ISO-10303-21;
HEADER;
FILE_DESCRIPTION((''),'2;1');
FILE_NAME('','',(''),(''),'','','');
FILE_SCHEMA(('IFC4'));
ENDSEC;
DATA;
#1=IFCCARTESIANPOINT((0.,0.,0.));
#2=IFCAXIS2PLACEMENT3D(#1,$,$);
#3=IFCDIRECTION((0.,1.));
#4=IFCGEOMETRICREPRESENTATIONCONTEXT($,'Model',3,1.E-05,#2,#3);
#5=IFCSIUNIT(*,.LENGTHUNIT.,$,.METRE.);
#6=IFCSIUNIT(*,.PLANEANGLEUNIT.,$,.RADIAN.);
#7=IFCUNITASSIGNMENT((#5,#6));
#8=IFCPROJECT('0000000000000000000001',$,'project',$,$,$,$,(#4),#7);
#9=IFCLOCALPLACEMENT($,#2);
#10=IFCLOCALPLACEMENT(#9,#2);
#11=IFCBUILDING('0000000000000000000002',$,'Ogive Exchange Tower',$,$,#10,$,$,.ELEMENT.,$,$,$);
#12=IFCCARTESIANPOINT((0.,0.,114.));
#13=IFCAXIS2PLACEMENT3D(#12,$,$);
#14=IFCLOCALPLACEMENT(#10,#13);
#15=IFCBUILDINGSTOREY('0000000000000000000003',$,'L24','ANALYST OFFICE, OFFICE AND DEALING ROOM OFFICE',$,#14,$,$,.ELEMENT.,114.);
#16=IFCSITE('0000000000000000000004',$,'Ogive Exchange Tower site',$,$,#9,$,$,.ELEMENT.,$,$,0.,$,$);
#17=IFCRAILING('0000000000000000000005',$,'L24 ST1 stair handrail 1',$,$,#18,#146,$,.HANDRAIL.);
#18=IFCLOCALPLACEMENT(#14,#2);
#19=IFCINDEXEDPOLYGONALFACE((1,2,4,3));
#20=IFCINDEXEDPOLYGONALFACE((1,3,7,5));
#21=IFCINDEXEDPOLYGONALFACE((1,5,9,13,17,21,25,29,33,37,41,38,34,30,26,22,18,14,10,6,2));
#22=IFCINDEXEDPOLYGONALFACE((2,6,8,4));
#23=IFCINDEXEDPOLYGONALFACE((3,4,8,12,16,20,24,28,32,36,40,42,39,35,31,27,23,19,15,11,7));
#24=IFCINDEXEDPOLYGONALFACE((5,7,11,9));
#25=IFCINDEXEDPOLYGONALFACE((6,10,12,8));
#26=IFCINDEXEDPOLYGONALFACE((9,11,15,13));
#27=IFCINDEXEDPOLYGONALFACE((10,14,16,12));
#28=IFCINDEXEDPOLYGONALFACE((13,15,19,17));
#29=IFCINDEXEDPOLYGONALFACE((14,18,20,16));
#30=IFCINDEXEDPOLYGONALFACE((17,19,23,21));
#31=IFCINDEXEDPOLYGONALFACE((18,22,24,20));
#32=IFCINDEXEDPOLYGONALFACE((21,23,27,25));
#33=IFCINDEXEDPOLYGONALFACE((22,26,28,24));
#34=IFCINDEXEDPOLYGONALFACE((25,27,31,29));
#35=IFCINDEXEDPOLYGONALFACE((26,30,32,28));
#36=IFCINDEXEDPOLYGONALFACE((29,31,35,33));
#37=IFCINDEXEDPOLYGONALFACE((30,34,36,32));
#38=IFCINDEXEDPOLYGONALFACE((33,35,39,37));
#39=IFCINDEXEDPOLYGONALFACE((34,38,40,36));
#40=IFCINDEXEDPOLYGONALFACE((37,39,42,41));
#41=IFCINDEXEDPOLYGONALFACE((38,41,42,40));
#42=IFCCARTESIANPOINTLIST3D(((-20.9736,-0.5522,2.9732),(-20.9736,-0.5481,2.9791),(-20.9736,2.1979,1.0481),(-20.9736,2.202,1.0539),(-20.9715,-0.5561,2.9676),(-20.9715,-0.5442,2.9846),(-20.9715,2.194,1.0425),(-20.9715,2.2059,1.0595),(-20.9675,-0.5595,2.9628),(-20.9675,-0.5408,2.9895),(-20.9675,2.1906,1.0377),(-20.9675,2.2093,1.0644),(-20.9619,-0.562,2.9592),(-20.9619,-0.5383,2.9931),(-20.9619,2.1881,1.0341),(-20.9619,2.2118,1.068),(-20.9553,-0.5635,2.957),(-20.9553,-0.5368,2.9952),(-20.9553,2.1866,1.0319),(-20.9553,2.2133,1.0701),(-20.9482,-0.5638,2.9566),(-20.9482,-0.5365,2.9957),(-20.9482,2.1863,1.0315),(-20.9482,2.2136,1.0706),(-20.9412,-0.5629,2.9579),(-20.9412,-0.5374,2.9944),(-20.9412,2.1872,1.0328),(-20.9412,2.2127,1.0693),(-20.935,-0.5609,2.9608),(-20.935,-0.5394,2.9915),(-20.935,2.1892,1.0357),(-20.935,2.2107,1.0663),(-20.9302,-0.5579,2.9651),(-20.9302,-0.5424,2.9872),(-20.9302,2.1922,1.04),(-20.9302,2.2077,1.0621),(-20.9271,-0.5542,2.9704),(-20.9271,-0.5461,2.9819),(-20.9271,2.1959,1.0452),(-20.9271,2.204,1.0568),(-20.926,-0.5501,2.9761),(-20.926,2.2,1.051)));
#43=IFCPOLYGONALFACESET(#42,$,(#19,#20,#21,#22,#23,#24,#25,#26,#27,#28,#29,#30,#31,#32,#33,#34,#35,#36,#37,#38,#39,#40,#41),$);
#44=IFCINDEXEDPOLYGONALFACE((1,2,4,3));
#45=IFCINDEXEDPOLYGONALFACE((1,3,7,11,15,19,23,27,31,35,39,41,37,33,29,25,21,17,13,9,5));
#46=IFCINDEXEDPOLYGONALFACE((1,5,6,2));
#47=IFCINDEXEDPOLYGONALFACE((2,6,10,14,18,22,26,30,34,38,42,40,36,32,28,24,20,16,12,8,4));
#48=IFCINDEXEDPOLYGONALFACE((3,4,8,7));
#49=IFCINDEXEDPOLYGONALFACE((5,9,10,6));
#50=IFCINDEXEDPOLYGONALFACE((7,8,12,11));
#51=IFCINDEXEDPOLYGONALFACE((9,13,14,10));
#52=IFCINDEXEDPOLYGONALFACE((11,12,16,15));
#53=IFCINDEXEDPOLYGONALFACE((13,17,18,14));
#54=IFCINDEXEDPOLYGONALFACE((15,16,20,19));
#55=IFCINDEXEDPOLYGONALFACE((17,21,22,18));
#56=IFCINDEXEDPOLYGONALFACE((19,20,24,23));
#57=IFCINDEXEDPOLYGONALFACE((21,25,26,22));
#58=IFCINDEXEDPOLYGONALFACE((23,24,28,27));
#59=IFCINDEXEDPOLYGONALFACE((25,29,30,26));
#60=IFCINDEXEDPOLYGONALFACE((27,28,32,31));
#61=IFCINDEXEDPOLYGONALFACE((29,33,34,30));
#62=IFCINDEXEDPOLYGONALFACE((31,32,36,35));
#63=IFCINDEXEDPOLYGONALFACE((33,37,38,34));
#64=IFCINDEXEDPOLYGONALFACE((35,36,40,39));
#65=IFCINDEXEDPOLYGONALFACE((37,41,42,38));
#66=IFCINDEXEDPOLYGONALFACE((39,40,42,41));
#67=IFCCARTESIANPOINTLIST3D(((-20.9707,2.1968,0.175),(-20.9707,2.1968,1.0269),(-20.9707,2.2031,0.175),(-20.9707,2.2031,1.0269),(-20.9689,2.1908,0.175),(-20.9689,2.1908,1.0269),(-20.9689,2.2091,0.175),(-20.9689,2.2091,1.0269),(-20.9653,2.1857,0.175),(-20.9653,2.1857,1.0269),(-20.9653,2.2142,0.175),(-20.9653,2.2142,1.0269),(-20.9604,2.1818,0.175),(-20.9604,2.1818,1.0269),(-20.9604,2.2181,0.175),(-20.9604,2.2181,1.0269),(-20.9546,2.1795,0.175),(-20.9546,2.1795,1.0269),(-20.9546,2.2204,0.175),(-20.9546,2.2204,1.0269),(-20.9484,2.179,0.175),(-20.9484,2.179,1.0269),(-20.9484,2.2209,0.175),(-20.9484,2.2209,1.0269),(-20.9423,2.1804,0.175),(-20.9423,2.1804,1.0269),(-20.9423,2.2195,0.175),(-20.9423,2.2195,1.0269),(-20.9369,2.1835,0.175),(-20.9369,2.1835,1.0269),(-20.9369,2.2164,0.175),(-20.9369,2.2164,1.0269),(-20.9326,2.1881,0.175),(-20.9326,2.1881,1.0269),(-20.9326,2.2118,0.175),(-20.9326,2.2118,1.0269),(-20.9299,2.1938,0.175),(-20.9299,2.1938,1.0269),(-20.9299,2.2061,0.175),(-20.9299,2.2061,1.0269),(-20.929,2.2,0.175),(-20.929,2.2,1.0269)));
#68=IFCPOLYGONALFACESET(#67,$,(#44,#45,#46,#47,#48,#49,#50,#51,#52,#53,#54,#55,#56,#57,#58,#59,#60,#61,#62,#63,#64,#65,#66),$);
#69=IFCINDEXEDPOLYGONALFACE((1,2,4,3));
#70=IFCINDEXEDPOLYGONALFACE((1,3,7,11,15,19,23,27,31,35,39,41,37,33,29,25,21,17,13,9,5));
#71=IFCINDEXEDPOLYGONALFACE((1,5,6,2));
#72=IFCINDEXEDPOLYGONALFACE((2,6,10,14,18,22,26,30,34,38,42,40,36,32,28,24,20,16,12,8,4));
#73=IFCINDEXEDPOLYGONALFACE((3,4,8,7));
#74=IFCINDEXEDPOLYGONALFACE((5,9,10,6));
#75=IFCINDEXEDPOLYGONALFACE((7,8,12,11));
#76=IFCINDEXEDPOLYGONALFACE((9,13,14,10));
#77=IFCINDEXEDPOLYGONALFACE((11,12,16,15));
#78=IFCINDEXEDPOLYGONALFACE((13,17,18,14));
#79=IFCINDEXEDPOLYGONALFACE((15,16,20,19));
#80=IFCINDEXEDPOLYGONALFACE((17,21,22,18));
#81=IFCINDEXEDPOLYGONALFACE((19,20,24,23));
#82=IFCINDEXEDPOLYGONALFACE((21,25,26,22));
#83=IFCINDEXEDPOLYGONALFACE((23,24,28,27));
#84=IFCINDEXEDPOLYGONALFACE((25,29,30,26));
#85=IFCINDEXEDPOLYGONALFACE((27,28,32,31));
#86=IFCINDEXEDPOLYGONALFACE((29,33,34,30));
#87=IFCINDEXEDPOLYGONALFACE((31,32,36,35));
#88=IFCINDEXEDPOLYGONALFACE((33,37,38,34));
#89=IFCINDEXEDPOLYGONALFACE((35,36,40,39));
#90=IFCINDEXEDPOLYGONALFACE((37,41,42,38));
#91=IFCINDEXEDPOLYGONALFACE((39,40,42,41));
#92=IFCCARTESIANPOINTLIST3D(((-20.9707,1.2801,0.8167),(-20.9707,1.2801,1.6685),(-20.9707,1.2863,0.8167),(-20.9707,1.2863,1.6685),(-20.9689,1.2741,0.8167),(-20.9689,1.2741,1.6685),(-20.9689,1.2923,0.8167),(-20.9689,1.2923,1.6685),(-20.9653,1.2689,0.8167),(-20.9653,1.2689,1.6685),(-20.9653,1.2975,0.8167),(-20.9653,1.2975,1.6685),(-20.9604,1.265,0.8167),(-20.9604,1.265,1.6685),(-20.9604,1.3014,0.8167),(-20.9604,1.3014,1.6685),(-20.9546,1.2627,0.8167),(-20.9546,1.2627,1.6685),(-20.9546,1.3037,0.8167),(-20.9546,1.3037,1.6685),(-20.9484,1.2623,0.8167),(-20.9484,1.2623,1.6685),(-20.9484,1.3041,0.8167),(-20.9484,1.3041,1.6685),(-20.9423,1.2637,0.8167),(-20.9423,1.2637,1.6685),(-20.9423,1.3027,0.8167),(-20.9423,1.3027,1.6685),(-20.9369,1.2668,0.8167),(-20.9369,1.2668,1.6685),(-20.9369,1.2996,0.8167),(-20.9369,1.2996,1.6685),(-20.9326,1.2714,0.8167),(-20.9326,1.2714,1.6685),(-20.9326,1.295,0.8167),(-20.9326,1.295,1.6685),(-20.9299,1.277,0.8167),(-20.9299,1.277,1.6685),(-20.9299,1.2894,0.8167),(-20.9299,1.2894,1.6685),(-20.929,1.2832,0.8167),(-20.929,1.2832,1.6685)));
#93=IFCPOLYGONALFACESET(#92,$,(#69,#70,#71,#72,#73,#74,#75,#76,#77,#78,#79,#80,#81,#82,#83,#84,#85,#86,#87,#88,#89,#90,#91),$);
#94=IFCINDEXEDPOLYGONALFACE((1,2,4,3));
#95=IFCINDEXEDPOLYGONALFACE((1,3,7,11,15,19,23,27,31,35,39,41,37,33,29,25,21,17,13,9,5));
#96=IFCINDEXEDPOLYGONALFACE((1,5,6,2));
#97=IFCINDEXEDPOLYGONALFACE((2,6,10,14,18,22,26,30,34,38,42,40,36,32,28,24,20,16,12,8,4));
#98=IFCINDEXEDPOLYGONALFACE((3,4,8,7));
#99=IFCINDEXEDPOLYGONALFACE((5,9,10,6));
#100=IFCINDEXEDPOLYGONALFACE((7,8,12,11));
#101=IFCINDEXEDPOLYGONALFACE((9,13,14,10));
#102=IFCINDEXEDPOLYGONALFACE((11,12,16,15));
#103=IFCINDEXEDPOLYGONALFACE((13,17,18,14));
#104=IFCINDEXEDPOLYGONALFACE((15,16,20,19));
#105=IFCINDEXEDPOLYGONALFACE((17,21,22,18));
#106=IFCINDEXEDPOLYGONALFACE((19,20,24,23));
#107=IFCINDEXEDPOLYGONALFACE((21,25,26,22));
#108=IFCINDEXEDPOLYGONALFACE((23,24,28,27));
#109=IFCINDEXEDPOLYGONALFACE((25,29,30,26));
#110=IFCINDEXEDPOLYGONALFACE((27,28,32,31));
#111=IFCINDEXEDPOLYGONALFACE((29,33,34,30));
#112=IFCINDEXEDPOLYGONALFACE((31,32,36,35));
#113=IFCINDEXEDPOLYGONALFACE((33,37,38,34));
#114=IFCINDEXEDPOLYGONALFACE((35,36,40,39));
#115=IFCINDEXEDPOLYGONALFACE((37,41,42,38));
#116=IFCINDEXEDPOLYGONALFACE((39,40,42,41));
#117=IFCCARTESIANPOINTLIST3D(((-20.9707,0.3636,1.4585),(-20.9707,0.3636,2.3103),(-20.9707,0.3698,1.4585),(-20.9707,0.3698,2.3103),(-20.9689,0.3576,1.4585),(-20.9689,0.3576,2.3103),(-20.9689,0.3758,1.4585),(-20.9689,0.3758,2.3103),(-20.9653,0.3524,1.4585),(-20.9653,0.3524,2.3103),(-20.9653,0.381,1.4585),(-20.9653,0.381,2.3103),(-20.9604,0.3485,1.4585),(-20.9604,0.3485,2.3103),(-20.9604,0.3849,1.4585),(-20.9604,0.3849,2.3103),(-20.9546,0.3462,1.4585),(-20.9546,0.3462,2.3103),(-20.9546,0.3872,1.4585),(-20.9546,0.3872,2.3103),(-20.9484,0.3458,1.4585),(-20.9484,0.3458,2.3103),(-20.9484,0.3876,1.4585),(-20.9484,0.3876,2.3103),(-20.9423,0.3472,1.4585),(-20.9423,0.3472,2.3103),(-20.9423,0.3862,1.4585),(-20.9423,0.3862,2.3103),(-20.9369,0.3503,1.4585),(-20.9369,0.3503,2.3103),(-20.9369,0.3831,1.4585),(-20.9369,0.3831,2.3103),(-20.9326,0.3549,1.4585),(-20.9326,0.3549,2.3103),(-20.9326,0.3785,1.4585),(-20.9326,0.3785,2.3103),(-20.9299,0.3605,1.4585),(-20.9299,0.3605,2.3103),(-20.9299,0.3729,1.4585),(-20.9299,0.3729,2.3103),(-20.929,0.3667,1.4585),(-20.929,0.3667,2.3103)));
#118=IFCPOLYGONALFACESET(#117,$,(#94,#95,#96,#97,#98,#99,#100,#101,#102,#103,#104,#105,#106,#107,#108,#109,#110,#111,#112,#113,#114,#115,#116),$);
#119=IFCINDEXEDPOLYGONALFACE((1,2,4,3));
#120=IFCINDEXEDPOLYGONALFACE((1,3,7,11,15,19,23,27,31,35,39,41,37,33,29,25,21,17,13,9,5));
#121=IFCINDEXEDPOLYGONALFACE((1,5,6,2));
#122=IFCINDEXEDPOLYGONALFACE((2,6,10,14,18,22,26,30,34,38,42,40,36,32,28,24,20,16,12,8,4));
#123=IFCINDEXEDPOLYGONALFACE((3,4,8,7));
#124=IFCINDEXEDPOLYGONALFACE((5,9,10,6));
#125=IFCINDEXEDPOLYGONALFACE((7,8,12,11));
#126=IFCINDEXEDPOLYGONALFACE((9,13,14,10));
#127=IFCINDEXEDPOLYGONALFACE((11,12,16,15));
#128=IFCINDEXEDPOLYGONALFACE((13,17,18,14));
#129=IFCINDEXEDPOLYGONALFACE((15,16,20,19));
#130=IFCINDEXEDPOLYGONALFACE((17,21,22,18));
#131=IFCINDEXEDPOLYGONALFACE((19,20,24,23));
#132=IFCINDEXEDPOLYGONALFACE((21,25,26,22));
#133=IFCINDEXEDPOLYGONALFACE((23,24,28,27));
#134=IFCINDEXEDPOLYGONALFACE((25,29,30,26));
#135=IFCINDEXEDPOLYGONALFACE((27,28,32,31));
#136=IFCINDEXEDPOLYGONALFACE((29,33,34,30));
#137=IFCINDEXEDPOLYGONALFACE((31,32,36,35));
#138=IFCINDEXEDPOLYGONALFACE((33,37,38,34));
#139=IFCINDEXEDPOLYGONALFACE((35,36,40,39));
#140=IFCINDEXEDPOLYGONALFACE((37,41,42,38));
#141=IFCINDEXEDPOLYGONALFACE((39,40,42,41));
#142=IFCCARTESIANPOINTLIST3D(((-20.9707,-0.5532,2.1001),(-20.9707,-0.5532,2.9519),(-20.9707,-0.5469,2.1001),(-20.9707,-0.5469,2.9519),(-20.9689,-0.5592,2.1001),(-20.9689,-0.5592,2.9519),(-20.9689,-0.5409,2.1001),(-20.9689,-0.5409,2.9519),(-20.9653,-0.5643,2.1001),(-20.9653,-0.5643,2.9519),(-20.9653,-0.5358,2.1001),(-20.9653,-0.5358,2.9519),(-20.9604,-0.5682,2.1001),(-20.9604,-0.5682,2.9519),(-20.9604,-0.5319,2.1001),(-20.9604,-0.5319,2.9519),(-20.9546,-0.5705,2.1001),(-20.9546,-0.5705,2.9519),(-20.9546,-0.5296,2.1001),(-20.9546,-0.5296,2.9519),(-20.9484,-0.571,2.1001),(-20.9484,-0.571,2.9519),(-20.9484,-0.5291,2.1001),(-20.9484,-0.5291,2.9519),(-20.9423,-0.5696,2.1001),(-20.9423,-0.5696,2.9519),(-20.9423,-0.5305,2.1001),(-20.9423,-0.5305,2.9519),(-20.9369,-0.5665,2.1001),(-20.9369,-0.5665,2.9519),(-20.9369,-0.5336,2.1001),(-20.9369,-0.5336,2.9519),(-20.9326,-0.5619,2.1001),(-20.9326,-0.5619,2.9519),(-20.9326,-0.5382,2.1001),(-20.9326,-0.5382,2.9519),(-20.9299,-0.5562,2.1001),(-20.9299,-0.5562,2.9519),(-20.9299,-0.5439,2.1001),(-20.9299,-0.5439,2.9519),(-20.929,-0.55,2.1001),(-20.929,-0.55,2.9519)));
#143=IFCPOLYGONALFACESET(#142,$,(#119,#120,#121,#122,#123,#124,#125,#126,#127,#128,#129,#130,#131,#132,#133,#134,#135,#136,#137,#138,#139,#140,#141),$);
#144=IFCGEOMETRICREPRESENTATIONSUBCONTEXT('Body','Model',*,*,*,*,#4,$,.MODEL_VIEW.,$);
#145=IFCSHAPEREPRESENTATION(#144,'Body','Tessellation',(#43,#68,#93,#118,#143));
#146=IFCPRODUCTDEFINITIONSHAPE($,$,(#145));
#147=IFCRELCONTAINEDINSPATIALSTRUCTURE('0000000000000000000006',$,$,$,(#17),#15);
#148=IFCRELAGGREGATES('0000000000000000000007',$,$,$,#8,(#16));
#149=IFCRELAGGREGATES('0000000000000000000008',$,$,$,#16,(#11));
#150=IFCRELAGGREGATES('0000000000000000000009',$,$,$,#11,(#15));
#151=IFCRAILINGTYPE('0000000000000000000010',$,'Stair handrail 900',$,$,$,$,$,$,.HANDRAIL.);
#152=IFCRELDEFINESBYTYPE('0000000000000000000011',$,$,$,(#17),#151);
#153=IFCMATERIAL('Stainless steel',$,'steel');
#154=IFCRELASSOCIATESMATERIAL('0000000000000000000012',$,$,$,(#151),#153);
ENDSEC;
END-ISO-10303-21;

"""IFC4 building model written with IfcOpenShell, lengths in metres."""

from ifc_helpers import new_model, si_unit, direction, frame, origin, origin_2d, place, context, subcontext, project, spatial, circle, extrude, material, type_object, element, save


model = new_model("IFC4")

# Units and contexts
model_context = context("Model", 3, precision=1e-05, world=origin(), true_north=direction((0.0, 1.0)))
body_context = subcontext(model_context, "Body", "Model", "MODEL_VIEW")
ifc_project = project(units=[si_unit("LENGTHUNIT", "METRE"), si_unit("PLANEANGLEUNIT", "RADIAN")], contexts=[model_context])

# Site, building, storey
site_placement = place(None, origin())
site = spatial("IfcSite", under=ifc_project, at=site_placement, Name="Ogive Exchange Tower site", CompositionType="ELEMENT", RefElevation=0.0)
building_placement = place(site_placement, origin())
building = spatial("IfcBuilding", under=site, at=building_placement, Name="Ogive Exchange Tower", CompositionType="ELEMENT")
storey_placement = place(building_placement, frame((0.0, 0.0, 114.0)))
storey = spatial("IfcBuildingStorey", under=building, at=storey_placement, Name="L24", Description="ANALYST OFFICE, OFFICE AND DEALING ROOM OFFICE", CompositionType="ELEMENT", Elevation=114.0)

# Railing
ifc_material_1 = material(Name="Stainless steel", Category="steel")
railing_type = type_object("IfcRailingType", Name="Stair handrail 900", PredefinedType="HANDRAIL", material=ifc_material_1)
railing_placement = place(storey_placement, frame((-20.95, 2.2, 0.175)))
element("IfcRailing", 1, at=railing_placement, inside=storey, type_object=railing_type, Name="L24 ST1 stair handrail 1", PredefinedType="HANDRAIL", context=body_context, shape_type="SweptSolid", body=[
    extrude(circle(Radius=0.0239, at=origin_2d()), frame((0.0, 0.0, 0.876), z_axis=(0.0, -0.819225, 0.573472), x_axis=(1.0, 0.0, 0.0)), (0.0, 0.0, 1.0), 3.3569),
    extrude(circle(Radius=0.021, at=origin_2d()), origin(), (0.0, 0.0, 1.0), 0.8518),
    extrude(circle(Radius=0.021, at=origin_2d()), frame((0.0, -0.9167, 0.6416)), (0.0, 0.0, 1.0), 0.8518),
    extrude(circle(Radius=0.021, at=origin_2d()), frame((0.0, -1.8333, 1.2834)), (0.0, 0.0, 1.0), 0.8518),
    extrude(circle(Radius=0.021, at=origin_2d()), frame((0.0, -2.75, 1.925)), (0.0, 0.0, 1.0), 0.8518),
])

save(model, "model.ifc")
